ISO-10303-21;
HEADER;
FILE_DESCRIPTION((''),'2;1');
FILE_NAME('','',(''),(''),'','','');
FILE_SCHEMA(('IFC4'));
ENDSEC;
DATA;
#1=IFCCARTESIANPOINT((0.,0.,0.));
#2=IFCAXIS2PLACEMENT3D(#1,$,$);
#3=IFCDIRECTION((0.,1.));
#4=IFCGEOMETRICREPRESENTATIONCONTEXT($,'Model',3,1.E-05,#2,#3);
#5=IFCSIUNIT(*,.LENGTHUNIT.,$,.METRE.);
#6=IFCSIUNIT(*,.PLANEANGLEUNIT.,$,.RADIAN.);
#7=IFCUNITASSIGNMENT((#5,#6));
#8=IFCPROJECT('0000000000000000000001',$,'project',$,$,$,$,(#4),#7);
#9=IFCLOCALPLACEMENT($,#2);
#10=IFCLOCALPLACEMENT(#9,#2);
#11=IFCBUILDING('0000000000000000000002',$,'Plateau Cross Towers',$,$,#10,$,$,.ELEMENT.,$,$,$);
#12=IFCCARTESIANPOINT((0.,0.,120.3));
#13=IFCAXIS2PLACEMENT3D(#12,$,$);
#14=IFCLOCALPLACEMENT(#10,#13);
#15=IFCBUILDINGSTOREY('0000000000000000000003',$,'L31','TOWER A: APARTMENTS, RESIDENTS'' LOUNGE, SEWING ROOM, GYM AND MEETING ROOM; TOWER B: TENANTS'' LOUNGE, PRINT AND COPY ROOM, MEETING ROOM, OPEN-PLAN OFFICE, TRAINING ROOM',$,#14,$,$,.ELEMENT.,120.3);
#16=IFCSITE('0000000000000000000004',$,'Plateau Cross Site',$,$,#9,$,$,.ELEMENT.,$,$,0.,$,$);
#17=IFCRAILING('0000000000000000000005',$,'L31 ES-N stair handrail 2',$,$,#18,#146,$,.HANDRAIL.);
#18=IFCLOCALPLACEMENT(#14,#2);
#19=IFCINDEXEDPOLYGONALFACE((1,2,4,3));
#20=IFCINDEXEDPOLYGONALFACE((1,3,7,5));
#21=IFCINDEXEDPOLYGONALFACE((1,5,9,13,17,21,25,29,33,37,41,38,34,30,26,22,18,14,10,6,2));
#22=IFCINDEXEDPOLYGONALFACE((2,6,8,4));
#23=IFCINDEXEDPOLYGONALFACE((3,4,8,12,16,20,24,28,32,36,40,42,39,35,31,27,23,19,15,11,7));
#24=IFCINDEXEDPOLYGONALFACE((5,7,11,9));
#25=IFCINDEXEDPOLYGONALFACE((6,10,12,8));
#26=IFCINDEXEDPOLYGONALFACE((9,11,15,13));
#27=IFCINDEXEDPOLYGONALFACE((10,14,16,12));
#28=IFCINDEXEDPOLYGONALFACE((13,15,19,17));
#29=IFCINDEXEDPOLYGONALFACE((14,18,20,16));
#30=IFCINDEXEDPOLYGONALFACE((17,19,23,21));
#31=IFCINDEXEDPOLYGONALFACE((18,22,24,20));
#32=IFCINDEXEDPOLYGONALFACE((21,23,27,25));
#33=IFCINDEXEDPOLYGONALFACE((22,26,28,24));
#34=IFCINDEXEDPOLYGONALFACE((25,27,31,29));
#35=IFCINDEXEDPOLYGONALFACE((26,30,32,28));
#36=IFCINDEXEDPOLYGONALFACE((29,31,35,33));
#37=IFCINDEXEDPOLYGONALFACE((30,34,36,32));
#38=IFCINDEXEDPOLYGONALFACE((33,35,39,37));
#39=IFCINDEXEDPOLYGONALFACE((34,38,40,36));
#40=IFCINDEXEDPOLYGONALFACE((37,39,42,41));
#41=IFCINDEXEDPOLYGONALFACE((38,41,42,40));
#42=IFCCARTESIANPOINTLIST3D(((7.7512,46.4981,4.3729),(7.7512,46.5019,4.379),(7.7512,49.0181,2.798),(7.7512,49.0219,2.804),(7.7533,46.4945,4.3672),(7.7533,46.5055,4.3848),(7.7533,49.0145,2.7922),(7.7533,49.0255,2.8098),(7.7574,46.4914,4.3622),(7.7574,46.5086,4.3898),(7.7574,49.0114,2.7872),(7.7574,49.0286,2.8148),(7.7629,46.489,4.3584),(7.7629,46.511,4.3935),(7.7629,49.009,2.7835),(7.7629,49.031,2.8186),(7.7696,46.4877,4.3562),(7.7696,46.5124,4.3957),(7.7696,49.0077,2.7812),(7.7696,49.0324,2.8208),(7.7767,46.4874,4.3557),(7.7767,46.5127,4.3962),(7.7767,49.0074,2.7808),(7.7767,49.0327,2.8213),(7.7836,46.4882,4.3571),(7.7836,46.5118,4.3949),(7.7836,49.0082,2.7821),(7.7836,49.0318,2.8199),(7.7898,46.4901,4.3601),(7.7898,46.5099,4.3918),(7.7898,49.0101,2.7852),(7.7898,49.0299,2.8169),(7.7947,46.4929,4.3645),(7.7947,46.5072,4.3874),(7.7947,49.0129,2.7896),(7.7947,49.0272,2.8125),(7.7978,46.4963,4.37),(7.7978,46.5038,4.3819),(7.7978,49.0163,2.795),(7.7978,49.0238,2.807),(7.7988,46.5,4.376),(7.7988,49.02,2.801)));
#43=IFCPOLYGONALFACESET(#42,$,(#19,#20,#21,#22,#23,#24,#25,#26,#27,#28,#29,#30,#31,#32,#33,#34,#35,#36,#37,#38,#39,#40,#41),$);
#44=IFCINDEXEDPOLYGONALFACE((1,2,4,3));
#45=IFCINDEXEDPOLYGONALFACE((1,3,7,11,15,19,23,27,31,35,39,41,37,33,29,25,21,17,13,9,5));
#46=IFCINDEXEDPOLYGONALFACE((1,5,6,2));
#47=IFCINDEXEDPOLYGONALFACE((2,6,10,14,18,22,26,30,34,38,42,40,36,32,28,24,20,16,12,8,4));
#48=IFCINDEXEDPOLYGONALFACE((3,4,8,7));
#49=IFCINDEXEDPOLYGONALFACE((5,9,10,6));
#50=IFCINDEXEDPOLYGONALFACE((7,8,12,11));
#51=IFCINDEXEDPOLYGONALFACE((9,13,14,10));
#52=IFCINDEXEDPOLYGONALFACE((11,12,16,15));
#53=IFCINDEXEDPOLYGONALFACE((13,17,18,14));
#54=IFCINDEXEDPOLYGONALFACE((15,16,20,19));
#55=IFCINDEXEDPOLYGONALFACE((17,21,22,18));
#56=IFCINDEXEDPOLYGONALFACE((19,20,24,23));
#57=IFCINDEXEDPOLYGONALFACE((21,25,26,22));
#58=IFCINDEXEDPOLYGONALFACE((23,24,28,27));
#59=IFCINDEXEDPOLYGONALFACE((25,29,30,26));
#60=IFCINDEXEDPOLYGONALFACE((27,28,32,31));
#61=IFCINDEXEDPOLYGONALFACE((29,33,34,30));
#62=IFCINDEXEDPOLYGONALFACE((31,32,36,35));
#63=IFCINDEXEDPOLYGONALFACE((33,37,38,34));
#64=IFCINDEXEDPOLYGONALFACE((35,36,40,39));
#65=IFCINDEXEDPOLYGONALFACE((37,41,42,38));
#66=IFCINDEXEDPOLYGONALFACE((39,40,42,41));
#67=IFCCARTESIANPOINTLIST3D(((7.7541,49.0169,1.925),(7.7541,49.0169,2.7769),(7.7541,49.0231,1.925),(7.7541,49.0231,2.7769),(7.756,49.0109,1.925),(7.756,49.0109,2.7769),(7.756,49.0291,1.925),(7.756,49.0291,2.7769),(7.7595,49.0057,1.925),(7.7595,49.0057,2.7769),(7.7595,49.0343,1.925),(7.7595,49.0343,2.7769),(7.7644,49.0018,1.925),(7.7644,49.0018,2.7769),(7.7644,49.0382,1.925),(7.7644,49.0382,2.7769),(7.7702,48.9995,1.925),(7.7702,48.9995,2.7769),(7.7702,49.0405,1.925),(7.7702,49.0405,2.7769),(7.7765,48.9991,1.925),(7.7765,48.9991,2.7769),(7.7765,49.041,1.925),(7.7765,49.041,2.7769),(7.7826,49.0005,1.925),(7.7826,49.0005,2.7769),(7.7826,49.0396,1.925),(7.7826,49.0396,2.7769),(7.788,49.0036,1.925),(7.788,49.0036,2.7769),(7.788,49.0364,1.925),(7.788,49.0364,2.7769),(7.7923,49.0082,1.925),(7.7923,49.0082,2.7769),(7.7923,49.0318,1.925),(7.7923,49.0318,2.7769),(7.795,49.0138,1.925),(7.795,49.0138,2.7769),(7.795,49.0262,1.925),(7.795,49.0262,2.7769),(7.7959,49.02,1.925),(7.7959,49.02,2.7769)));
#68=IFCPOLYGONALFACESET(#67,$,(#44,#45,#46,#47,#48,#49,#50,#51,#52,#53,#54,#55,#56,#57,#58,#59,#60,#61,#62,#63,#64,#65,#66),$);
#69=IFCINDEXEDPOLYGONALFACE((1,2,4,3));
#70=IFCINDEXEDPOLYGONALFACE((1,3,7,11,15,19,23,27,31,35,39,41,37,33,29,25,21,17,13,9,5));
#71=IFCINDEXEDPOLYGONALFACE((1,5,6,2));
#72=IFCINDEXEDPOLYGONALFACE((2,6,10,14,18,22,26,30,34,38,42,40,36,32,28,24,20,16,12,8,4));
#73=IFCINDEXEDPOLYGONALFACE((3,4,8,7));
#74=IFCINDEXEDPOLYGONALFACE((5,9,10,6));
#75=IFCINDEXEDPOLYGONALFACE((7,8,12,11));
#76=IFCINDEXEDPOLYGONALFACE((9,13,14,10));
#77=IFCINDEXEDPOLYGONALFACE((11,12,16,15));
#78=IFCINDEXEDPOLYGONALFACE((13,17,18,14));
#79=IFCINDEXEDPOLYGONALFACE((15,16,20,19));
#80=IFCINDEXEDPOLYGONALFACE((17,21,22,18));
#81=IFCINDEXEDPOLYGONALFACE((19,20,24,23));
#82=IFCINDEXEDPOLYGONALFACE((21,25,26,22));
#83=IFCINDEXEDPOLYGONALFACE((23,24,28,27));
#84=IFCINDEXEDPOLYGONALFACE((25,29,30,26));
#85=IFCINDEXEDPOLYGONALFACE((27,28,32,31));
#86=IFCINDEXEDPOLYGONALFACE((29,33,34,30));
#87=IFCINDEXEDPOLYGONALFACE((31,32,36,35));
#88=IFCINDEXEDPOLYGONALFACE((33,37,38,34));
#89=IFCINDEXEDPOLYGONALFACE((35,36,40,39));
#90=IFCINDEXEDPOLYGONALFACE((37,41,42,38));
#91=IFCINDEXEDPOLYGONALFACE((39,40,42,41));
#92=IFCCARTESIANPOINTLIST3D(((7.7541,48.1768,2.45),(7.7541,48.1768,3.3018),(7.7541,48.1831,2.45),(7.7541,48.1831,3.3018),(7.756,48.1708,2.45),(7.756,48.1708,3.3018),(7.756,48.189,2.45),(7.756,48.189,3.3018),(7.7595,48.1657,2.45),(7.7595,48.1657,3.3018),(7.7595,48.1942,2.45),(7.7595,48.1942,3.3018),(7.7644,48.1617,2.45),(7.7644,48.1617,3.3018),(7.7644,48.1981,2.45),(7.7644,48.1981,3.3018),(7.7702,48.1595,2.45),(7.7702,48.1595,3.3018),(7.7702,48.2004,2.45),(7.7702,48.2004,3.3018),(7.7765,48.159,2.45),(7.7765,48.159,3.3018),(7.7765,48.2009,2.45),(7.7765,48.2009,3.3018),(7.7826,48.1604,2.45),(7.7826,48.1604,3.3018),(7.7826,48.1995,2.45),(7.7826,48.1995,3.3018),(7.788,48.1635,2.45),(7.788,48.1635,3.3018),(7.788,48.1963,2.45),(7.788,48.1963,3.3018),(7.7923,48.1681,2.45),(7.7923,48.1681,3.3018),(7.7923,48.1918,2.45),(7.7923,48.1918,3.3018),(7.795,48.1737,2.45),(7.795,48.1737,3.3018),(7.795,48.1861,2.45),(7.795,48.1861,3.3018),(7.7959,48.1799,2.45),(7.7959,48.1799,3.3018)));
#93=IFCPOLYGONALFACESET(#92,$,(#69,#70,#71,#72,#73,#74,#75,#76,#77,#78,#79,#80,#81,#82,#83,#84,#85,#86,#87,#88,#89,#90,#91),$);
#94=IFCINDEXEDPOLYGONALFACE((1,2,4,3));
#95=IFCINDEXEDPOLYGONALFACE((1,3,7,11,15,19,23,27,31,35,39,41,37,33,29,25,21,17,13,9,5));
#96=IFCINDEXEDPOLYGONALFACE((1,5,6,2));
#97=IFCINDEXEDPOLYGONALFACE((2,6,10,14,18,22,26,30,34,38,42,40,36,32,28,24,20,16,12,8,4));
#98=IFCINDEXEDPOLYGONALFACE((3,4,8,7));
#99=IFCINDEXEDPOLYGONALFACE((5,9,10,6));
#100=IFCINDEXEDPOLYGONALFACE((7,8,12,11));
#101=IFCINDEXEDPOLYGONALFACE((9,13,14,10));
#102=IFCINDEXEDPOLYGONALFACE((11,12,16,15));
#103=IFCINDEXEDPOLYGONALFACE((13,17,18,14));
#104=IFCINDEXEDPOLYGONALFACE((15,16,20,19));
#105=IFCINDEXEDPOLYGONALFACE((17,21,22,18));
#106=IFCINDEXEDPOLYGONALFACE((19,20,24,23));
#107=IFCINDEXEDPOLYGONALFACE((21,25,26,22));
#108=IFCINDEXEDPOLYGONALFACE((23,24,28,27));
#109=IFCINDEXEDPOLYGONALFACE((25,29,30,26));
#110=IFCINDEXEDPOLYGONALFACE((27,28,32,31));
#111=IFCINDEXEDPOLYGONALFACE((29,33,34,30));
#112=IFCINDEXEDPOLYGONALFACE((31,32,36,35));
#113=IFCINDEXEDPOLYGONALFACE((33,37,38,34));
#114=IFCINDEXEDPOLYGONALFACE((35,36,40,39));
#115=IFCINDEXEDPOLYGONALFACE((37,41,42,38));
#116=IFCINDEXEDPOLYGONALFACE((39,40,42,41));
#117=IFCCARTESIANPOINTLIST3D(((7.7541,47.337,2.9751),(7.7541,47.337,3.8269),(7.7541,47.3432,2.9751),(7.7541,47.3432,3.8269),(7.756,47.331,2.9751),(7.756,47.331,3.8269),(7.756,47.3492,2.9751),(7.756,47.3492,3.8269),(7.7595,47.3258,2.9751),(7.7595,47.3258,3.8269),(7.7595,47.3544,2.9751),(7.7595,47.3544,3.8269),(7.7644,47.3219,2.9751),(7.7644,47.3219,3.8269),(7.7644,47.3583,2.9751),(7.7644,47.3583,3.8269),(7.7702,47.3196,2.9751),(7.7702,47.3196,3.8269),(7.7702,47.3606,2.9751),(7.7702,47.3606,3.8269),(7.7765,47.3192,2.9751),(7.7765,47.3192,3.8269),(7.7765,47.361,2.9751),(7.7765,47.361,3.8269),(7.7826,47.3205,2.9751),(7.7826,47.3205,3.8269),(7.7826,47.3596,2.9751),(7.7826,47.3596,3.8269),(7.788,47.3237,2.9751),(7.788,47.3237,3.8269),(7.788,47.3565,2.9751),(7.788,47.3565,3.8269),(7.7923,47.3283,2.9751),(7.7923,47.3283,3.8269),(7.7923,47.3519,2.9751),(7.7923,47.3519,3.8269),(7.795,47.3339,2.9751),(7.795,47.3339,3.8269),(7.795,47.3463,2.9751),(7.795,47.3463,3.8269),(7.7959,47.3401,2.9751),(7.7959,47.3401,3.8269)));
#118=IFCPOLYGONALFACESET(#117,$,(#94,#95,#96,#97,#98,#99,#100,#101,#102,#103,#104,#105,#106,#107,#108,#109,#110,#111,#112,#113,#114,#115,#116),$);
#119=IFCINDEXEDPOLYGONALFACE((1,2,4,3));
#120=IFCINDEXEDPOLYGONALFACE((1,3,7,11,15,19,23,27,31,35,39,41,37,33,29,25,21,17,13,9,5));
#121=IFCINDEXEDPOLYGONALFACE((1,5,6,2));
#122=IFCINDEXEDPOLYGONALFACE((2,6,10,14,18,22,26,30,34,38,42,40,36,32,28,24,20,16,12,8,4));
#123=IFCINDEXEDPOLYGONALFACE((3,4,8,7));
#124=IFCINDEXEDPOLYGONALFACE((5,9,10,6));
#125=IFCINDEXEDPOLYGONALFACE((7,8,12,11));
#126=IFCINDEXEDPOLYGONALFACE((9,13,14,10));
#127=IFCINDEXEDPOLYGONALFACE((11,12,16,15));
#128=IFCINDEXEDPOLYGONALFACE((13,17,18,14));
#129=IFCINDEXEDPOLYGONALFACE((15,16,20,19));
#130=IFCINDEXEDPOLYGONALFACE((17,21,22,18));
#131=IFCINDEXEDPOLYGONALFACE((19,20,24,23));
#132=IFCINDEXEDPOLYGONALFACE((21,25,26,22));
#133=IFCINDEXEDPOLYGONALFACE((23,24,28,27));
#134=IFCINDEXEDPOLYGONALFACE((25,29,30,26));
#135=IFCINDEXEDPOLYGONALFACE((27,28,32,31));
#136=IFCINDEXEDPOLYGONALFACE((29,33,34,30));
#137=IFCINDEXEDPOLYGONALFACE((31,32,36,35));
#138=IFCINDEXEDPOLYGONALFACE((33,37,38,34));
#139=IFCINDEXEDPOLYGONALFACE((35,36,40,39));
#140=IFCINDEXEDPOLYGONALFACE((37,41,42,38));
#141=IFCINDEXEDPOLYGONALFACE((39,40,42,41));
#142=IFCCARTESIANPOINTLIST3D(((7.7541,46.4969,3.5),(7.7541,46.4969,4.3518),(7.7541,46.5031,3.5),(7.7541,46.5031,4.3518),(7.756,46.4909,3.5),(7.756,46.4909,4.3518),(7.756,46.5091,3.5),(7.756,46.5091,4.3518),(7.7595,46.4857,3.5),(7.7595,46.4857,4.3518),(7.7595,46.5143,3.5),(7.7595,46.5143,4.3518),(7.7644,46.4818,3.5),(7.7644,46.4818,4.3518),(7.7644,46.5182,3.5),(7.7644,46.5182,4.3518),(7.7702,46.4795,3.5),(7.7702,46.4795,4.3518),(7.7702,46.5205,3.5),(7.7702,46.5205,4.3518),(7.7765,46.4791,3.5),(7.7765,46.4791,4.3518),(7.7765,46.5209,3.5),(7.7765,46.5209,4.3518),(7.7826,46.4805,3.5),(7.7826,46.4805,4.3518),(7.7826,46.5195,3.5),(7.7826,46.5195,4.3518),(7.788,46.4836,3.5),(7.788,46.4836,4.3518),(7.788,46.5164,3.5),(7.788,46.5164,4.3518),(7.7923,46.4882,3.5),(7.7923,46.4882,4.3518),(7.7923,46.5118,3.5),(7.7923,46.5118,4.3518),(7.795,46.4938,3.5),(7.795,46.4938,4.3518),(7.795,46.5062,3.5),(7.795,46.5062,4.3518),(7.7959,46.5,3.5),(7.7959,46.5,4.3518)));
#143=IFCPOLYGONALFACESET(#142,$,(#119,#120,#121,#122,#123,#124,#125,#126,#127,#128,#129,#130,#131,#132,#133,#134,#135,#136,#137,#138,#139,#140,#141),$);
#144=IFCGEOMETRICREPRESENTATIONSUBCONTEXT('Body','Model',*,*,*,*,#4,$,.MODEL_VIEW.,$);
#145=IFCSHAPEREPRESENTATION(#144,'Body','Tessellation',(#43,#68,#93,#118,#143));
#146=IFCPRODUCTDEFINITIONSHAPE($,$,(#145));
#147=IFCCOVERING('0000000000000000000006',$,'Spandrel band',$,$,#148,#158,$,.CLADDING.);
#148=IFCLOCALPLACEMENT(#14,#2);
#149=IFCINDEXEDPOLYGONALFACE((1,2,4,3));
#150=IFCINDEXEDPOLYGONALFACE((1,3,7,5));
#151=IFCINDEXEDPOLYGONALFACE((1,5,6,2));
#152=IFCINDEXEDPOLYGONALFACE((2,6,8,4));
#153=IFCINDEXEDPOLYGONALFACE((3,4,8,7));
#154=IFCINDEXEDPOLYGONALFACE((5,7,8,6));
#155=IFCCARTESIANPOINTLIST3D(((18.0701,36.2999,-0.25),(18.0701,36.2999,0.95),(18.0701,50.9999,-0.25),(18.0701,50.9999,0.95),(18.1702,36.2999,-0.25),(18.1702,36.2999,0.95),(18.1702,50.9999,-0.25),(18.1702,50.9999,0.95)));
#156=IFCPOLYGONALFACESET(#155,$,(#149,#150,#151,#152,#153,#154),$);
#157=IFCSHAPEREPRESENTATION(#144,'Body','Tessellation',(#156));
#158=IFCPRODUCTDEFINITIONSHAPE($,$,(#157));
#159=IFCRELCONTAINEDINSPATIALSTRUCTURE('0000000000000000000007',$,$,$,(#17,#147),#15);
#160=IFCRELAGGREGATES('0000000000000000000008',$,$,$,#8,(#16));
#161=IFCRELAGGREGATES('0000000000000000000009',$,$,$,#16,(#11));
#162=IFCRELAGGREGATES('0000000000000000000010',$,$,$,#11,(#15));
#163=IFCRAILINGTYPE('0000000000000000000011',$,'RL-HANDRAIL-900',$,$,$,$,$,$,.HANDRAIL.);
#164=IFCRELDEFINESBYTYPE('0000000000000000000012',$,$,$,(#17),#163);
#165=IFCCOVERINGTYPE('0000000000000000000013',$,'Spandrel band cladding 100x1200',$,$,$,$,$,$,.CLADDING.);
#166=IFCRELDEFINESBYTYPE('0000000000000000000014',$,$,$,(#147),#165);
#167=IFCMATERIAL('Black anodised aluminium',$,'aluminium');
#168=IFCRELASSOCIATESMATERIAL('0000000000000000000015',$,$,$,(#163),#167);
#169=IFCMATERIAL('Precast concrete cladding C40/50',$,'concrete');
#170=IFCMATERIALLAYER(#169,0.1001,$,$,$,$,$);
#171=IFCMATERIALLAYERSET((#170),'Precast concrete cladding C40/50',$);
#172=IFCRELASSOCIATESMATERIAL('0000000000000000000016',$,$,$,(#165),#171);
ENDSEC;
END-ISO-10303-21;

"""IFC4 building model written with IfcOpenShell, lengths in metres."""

from ifc_helpers import new_model, si_unit, direction, frame, origin, origin_2d, place, context, subcontext, project, spatial, rectangle, circle, extrude, material, layer, layer_set, type_object, element, save


model = new_model("IFC4")

# Units and contexts
model_context = context("Model", 3, precision=1e-05, world=origin(), true_north=direction((0.0, 1.0)))
body_context = subcontext(model_context, "Body", "Model", "MODEL_VIEW")
ifc_project = project(units=[si_unit("LENGTHUNIT", "METRE"), si_unit("PLANEANGLEUNIT", "RADIAN")], contexts=[model_context])

# Site, building, storey
site_placement = place(None, origin())
site = spatial("IfcSite", under=ifc_project, at=site_placement, Name="Plateau Cross Site", CompositionType="ELEMENT", RefElevation=0.0)
building_placement = place(site_placement, origin())
building = spatial("IfcBuilding", under=site, at=building_placement, Name="Plateau Cross Towers", CompositionType="ELEMENT")
storey_placement = place(building_placement, frame((0.0, 0.0, 120.3)))
storey = spatial("IfcBuildingStorey", under=building, at=storey_placement, Name="L31", Description="TOWER A: APARTMENTS, RESIDENTS' LOUNGE, SEWING ROOM, GYM AND MEETING ROOM; TOWER B: TENANTS' LOUNGE, PRINT AND COPY ROOM, MEETING ROOM, OPEN-PLAN OFFICE, TRAINING ROOM", CompositionType="ELEMENT", Elevation=120.3)

# Shared definitions
ifc_material_1 = material(Name="Black anodised aluminium", Category="aluminium")

# Railing
railing_type_1 = type_object("IfcRailingType", Name="RL-HANDRAIL-900", PredefinedType="HANDRAIL", material=ifc_material_1)
railing_1_placement = place(storey_placement, frame((7.7749, 49.02, 1.925)))
element("IfcRailing", 1, at=railing_1_placement, inside=storey, type_object=railing_type_1, Name="L31 ES-N stair handrail 2", PredefinedType="HANDRAIL", context=body_context, shape_type="SweptSolid", body=[
    extrude(circle(Radius=0.0239, at=origin_2d()), frame((0.0, 0.0, 0.876), z_axis=(0.0, -0.848008, 0.529984), x_axis=(1.0, 0.0, 0.0)), (0.0, 0.0, 1.0), 2.9717),
    extrude(circle(Radius=0.021, at=origin_2d()), origin(), (0.0, 0.0, 1.0), 0.8518),
    extrude(circle(Radius=0.021, at=origin_2d()), frame((0.0, -0.8401, 0.5249)), (0.0, 0.0, 1.0), 0.8518),
    extrude(circle(Radius=0.021, at=origin_2d()), frame((0.0, -1.6799, 1.05)), (0.0, 0.0, 1.0), 0.8518),
    extrude(circle(Radius=0.021, at=origin_2d()), frame((0.0, -2.52, 1.575)), (0.0, 0.0, 1.0), 0.8518),
])

# Covering
ifc_material_2 = material(Name="Precast concrete cladding C40/50", Category="concrete")
ifc_layer_1 = layer(ifc_material_2, 0.1001)
ifc_layer_set_1 = layer_set([ifc_layer_1], Name="Precast concrete cladding C40/50")
covering_type = type_object("IfcCoveringType", Name="Spandrel band cladding 100x1200", PredefinedType="CLADDING", material=ifc_layer_set_1)
covering_placement = place(storey_placement, frame((18.1201, 43.6499, -0.25), z_axis=(0.0, 0.0, 1.0), x_axis=(0.0, 1.0, 0.0)))
element("IfcCovering", 2, at=covering_placement, inside=storey, type_object=covering_type, Name="Spandrel band", PredefinedType="CLADDING", context=body_context, shape_type="SweptSolid", body=[
    extrude(rectangle(XDim=14.7, YDim=0.1001, at=origin_2d()), origin(), (0.0, 0.0, 1.0), 1.2),
])

save(model, "model.ifc")
